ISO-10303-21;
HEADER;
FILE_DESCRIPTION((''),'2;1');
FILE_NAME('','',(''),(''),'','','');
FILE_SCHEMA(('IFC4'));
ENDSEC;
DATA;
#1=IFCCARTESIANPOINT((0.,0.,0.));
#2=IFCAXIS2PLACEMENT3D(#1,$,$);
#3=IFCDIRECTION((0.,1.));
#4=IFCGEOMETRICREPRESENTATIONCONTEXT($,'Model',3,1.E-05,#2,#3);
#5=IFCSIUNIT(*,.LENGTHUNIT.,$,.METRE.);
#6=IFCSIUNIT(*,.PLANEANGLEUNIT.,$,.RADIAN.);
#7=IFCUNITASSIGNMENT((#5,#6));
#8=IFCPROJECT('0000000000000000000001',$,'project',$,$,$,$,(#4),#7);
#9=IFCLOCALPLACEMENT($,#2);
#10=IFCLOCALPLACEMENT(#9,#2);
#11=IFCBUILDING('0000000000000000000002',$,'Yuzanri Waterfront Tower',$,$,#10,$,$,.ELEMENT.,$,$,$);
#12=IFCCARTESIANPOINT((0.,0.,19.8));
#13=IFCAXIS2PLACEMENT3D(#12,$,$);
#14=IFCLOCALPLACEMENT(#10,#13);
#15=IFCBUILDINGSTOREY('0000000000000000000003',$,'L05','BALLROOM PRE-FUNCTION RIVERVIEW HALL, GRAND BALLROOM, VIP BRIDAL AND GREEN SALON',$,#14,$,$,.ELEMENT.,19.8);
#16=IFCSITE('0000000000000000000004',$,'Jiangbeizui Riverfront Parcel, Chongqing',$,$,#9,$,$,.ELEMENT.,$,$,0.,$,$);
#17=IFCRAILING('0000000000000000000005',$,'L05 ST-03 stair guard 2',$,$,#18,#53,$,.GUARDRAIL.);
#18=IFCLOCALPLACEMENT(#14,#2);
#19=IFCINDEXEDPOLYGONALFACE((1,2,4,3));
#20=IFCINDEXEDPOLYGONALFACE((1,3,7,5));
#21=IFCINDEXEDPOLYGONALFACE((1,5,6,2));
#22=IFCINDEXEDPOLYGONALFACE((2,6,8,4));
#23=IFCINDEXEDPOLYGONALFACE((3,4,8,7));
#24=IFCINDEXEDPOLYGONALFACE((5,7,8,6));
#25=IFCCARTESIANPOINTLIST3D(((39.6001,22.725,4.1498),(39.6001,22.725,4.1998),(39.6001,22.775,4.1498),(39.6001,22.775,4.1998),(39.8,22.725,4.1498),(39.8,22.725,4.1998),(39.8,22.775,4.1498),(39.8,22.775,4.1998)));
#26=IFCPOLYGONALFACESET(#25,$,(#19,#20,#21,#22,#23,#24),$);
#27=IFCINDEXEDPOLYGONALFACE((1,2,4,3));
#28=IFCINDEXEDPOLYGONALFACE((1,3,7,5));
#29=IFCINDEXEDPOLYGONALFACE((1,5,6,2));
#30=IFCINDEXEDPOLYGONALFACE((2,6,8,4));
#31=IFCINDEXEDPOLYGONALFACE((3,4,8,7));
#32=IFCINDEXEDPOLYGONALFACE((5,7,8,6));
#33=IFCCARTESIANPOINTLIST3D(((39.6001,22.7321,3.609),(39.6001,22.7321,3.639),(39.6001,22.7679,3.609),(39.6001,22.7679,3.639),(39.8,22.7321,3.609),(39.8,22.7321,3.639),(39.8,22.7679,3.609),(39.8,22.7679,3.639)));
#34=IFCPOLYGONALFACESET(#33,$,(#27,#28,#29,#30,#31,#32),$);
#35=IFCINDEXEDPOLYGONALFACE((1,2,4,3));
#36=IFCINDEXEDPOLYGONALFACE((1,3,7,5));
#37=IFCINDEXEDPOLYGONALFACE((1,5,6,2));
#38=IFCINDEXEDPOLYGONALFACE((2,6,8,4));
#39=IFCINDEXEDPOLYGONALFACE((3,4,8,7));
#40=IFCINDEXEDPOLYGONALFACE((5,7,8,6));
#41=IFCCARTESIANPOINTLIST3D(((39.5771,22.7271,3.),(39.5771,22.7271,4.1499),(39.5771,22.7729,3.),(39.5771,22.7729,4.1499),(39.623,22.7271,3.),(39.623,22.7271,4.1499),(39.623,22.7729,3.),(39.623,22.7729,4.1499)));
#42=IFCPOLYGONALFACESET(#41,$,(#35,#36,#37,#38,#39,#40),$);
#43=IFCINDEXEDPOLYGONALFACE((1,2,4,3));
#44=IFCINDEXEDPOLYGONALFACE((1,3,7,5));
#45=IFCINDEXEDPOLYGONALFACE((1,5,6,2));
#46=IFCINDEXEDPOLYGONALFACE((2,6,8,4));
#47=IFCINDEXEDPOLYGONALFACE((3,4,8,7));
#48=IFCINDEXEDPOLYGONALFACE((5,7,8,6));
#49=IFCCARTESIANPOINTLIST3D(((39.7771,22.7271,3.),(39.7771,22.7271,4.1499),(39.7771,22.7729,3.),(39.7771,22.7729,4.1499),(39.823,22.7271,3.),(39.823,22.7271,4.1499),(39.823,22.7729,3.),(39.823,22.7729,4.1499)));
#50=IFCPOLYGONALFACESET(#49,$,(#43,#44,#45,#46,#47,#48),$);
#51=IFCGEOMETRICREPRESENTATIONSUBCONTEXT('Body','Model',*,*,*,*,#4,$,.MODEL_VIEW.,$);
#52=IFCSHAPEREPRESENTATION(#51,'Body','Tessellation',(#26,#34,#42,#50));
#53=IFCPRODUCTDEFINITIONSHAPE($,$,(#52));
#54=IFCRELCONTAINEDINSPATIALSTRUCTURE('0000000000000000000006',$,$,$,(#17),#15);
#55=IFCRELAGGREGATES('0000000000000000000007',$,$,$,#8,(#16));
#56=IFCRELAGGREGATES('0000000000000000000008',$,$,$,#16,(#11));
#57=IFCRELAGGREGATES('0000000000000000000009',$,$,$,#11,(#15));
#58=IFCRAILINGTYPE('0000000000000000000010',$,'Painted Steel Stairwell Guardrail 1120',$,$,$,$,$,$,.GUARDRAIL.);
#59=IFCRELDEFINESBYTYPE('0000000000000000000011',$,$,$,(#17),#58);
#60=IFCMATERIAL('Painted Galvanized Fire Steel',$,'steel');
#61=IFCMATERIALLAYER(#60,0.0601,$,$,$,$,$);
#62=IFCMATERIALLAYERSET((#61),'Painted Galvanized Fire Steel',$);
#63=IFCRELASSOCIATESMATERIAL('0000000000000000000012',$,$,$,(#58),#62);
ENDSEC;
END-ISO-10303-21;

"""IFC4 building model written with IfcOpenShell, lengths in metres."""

from ifc_helpers import new_model, si_unit, direction, frame, origin, origin_2d, place, context, subcontext, project, spatial, rectangle, extrude, source, transform, mapped, material, layer, layer_set, type_object, element, save


model = new_model("IFC4")

# Units and contexts
model_context = context("Model", 3, precision=1e-05, world=origin(), true_north=direction((0.0, 1.0)))
body_context = subcontext(model_context, "Body", "Model", "MODEL_VIEW")
ifc_project = project(units=[si_unit("LENGTHUNIT", "METRE"), si_unit("PLANEANGLEUNIT", "RADIAN")], contexts=[model_context])

# Site, building, storey
site_placement = place(None, origin())
site = spatial("IfcSite", under=ifc_project, at=site_placement, Name="Jiangbeizui Riverfront Parcel, Chongqing", CompositionType="ELEMENT", RefElevation=0.0)
building_placement = place(site_placement, origin())
building = spatial("IfcBuilding", under=site, at=building_placement, Name="Yuzanri Waterfront Tower", CompositionType="ELEMENT")
storey_placement = place(building_placement, frame((0.0, 0.0, 19.8)))
storey = spatial("IfcBuildingStorey", under=building, at=storey_placement, Name="L05", Description="BALLROOM PRE-FUNCTION RIVERVIEW HALL, GRAND BALLROOM, VIP BRIDAL AND GREEN SALON", CompositionType="ELEMENT", Elevation=19.8)

# Railing
ifc_material_1 = material(Name="Painted Galvanized Fire Steel", Category="steel")
ifc_layer_1 = layer(ifc_material_1, 0.0601)
ifc_layer_set_1 = layer_set([ifc_layer_1], Name="Painted Galvanized Fire Steel")
railing_type_1 = type_object("IfcRailingType", Name="Painted Steel Stairwell Guardrail 1120", PredefinedType="GUARDRAIL", material=ifc_layer_set_1)
shared_shape_1 = source(origin(), body_context, "Body", "SweptSolid", [
    extrude(rectangle(XDim=0.05, YDim=0.05, at=origin_2d()), frame((0.0, 0.0, 1.1748), z_axis=(1.0, 0.0, 0.0), x_axis=(0.0, 1.0, 0.0)), (0.0, 0.0, 1.0), 0.2),
    extrude(rectangle(XDim=0.0359, YDim=0.03, at=origin_2d()), frame((0.0, 0.0, 0.624), z_axis=(1.0, 0.0, 0.0), x_axis=(0.0, 1.0, 0.0)), (0.0, 0.0, 1.0), 0.2),
    extrude(rectangle(XDim=0.0459, YDim=0.0459, at=origin_2d()), origin(), (0.0, 0.0, 1.0), 1.1499),
    extrude(rectangle(XDim=0.0459, YDim=0.0459, at=origin_2d()), frame((0.2, 0.0, 0.0)), (0.0, 0.0, 1.0), 1.1499),
])
railing_1_placement = place(storey_placement, frame((39.6001, 22.75, 3.0)))
element("IfcRailing", 1, at=railing_1_placement, inside=storey, type_object=railing_type_1, Name="L05 ST-03 stair guard 2", PredefinedType="GUARDRAIL", context=body_context, shape_type="MappedRepresentation", body=[
    mapped(shared_shape_1, transform((0.0, 0.0, 0.0), scale=1.0)),
])

save(model, "model.ifc")
